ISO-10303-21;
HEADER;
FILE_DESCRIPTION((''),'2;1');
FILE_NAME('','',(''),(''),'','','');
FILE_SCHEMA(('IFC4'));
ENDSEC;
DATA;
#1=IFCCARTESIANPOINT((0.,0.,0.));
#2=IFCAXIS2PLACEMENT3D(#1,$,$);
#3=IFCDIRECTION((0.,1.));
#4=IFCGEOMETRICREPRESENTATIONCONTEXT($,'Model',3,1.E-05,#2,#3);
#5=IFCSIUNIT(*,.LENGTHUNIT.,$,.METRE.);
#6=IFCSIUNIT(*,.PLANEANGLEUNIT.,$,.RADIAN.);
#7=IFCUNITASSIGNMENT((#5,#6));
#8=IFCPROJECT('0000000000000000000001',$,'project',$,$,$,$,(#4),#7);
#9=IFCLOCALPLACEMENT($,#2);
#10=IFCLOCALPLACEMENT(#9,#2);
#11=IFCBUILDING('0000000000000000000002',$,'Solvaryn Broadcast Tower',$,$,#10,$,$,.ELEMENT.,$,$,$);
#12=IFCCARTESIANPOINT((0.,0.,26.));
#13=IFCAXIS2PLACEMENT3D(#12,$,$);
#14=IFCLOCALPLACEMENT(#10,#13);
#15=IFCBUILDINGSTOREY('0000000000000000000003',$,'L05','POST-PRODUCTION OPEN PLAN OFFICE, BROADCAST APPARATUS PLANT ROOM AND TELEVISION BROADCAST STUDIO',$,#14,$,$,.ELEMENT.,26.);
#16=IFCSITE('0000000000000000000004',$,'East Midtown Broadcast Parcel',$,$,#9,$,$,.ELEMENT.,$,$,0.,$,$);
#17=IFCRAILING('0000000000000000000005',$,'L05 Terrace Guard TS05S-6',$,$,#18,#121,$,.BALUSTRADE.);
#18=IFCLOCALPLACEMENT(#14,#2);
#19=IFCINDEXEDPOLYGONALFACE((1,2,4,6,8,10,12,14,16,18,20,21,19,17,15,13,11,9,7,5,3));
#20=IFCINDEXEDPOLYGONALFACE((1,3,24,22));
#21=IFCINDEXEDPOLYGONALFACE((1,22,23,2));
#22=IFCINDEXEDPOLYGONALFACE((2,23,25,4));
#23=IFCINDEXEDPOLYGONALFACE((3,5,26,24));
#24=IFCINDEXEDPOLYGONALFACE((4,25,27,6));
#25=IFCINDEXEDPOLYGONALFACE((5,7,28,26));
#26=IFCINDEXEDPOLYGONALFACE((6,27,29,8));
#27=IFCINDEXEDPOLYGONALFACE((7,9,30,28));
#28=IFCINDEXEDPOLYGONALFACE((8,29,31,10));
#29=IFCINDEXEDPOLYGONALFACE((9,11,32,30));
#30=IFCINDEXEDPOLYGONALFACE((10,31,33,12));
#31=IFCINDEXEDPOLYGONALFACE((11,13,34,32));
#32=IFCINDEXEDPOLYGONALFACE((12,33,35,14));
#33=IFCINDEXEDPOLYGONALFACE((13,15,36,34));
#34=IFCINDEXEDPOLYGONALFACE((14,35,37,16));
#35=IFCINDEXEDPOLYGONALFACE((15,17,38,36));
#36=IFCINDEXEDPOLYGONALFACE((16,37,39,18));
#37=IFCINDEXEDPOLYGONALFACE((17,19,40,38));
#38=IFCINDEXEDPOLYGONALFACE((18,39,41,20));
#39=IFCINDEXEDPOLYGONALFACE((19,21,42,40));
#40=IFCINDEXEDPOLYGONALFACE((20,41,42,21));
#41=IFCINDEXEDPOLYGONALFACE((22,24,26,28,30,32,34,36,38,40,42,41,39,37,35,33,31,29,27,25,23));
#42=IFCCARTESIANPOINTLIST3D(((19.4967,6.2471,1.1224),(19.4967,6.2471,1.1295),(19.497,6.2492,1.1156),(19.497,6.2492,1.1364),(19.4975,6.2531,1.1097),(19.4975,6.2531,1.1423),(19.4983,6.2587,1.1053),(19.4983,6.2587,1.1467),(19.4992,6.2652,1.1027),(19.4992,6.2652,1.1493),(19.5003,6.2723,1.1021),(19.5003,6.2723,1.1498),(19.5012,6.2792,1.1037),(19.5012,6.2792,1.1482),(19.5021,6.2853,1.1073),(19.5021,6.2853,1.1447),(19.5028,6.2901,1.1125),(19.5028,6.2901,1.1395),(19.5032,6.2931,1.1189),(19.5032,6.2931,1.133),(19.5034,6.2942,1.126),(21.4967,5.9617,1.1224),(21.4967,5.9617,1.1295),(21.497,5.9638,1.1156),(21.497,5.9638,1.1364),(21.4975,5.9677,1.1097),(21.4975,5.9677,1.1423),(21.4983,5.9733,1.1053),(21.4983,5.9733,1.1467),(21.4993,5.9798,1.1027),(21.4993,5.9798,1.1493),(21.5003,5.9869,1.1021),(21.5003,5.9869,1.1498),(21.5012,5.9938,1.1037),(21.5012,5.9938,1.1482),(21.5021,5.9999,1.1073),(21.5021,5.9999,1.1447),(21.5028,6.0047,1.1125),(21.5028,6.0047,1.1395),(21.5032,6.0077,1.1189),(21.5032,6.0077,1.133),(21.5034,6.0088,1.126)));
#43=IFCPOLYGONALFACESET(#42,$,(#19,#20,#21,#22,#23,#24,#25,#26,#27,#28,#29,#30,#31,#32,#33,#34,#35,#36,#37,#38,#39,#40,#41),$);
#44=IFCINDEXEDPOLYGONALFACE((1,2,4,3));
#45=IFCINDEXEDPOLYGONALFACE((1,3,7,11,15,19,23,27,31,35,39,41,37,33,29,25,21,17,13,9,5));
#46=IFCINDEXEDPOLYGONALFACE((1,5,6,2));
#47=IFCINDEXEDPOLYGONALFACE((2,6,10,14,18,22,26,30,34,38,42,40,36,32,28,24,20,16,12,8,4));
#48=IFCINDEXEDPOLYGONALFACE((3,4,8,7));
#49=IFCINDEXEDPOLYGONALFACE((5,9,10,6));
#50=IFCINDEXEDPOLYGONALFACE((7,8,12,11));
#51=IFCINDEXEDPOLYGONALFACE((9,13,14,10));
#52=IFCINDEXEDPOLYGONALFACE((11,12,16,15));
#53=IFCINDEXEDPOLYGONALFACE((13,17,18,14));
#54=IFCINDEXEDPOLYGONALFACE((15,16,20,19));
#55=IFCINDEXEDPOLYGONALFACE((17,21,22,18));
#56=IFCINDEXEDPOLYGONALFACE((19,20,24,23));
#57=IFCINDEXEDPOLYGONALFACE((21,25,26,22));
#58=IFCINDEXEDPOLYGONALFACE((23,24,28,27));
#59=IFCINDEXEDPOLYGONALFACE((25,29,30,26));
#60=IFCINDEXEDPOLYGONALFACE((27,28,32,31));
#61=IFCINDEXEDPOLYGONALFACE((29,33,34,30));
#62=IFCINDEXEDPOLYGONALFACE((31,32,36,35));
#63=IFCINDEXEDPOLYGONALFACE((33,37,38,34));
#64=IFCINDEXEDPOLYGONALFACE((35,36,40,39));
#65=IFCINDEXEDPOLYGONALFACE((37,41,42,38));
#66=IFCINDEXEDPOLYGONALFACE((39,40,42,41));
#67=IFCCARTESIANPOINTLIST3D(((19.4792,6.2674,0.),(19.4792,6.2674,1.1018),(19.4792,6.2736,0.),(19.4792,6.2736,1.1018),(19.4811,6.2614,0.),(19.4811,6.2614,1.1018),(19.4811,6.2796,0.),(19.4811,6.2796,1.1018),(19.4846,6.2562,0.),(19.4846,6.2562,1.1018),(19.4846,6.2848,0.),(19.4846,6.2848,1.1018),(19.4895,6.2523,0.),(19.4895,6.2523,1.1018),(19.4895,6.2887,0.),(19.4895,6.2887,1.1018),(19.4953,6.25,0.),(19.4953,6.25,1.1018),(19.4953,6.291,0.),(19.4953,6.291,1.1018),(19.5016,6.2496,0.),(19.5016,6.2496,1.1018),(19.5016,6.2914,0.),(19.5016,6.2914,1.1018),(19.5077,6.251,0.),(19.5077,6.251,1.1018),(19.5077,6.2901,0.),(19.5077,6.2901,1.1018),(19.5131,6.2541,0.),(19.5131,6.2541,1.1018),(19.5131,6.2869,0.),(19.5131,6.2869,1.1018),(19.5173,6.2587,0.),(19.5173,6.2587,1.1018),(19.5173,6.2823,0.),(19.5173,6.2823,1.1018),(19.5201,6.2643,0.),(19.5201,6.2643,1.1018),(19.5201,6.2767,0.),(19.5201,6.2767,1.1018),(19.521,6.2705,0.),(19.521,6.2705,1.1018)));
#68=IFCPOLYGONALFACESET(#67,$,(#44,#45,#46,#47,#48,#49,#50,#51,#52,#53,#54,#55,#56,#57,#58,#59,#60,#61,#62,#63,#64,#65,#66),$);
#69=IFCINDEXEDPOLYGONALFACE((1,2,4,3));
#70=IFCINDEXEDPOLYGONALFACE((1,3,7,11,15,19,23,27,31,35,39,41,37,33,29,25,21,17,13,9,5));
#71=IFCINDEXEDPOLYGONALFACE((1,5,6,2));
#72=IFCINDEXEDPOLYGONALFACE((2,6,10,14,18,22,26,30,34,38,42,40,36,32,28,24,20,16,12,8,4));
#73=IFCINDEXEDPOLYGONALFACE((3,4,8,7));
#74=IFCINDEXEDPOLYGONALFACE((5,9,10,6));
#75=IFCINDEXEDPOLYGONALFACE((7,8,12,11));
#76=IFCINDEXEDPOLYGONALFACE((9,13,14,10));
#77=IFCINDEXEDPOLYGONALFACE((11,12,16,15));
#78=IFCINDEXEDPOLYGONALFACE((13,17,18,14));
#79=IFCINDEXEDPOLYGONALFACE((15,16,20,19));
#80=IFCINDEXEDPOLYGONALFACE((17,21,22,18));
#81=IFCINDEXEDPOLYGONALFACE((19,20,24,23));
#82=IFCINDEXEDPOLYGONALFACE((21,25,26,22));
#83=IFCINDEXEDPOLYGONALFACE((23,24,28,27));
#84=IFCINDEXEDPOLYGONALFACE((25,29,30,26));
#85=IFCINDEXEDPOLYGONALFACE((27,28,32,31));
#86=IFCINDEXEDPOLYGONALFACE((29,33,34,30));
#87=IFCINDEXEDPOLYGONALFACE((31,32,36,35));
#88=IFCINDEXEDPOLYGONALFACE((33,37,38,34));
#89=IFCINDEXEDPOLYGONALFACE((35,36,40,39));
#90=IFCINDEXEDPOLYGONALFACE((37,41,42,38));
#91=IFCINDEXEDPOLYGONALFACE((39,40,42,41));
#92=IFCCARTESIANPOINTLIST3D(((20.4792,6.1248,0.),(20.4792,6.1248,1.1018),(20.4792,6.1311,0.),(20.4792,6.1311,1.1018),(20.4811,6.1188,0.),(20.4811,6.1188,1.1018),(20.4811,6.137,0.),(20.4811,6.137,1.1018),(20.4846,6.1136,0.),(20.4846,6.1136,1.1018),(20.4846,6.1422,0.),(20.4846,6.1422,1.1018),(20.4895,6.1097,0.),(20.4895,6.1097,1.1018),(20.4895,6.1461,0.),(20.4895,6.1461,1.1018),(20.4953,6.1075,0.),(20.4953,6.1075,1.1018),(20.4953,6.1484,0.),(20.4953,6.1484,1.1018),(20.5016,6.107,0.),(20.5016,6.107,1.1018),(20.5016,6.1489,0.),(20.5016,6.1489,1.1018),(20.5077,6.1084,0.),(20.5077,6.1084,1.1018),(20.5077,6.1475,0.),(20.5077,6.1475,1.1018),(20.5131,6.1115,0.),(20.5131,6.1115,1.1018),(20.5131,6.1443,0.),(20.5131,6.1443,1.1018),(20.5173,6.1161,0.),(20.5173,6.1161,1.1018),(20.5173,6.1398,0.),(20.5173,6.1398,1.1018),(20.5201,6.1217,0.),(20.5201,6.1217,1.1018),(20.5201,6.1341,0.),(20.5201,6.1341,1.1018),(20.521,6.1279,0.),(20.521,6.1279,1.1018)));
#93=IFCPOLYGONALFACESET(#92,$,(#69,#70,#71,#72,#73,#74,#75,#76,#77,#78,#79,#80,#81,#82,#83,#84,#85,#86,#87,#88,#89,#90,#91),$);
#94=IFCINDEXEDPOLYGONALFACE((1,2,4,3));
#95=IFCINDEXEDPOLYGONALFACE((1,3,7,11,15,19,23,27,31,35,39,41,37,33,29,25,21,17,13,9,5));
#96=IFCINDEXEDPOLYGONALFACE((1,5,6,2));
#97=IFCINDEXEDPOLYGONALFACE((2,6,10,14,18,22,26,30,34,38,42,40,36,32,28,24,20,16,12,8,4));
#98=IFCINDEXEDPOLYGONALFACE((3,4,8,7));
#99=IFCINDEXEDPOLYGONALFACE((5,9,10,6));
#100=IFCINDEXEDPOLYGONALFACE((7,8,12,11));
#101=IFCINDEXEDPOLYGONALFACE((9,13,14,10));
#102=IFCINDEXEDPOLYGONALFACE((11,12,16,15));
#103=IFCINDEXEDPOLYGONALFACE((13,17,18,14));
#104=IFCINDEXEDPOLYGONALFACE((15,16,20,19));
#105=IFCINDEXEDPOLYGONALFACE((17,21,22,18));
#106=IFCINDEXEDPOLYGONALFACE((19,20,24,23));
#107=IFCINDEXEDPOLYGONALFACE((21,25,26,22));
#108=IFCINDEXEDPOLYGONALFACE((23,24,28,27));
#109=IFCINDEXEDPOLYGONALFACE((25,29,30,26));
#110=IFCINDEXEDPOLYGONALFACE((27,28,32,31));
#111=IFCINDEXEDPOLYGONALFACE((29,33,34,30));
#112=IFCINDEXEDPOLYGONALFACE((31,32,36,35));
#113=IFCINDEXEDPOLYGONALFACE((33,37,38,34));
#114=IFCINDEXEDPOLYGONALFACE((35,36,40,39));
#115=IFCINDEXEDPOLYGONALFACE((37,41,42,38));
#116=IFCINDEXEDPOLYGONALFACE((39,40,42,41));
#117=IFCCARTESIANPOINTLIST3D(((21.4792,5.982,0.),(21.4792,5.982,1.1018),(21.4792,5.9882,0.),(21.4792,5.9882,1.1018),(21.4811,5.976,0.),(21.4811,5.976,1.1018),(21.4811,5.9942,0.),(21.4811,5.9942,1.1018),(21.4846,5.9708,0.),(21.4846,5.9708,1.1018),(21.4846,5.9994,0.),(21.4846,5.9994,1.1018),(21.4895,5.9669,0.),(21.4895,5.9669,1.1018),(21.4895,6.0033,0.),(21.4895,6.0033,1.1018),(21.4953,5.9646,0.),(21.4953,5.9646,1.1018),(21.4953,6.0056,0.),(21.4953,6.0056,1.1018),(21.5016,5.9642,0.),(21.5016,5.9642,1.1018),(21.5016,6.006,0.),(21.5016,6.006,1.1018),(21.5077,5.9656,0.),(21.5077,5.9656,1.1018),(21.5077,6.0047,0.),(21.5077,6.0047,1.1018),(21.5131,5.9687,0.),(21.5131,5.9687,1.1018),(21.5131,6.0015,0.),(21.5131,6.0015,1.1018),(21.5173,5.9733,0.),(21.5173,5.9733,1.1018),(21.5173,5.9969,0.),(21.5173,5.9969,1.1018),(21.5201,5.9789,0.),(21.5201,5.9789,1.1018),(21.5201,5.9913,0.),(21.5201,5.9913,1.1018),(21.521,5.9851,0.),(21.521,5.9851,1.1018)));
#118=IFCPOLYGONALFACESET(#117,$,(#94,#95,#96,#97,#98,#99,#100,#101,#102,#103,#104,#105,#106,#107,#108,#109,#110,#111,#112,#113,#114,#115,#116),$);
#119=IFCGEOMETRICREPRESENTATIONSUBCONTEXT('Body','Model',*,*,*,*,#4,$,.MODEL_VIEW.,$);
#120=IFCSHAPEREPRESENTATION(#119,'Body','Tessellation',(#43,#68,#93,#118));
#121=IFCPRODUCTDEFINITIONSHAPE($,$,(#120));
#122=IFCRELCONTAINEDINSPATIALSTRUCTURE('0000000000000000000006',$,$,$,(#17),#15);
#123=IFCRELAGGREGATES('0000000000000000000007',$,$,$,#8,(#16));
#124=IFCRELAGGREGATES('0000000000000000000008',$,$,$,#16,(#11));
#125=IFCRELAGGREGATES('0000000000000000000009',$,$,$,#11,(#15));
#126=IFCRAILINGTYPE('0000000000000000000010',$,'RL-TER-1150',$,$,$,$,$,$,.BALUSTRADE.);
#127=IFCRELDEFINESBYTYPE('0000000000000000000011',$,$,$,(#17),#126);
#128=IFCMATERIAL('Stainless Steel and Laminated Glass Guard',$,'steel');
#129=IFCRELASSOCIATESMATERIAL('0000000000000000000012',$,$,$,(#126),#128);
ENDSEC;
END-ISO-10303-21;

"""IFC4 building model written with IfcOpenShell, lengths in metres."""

from ifc_helpers import new_model, si_unit, direction, frame, origin, origin_2d, place, context, subcontext, project, spatial, circle, extrude, material, type_object, element, save


model = new_model("IFC4")

# Units and contexts
model_context = context("Model", 3, precision=1e-05, world=origin(), true_north=direction((0.0, 1.0)))
body_context = subcontext(model_context, "Body", "Model", "MODEL_VIEW")
ifc_project = project(units=[si_unit("LENGTHUNIT", "METRE"), si_unit("PLANEANGLEUNIT", "RADIAN")], contexts=[model_context])

# Site, building, storey
site_placement = place(None, origin())
site = spatial("IfcSite", under=ifc_project, at=site_placement, Name="East Midtown Broadcast Parcel", CompositionType="ELEMENT", RefElevation=0.0)
building_placement = place(site_placement, origin())
building = spatial("IfcBuilding", under=site, at=building_placement, Name="Solvaryn Broadcast Tower", CompositionType="ELEMENT")
storey_placement = place(building_placement, frame((0.0, 0.0, 26.0)))
storey = spatial("IfcBuildingStorey", under=building, at=storey_placement, Name="L05", Description="POST-PRODUCTION OPEN PLAN OFFICE, BROADCAST APPARATUS PLANT ROOM AND TELEVISION BROADCAST STUDIO", CompositionType="ELEMENT", Elevation=26.0)

# Railing
ifc_material_1 = material(Name="Stainless Steel and Laminated Glass Guard", Category="steel")
railing_type = type_object("IfcRailingType", Name="RL-TER-1150", PredefinedType="BALUSTRADE", material=ifc_material_1)
railing_1_placement = place(storey_placement, frame((19.5, 6.2705, 0.0)))
element("IfcRailing", 1, at=railing_1_placement, inside=storey, type_object=railing_type, Name="L05 Terrace Guard TS05S-6", PredefinedType="BALUSTRADE", context=body_context, shape_type="SweptSolid", body=[
    extrude(circle(Radius=0.0239, at=origin_2d()), frame((0.0, 0.0, 1.126), z_axis=(0.989971, -0.141269, 0.0), x_axis=(0.141269, 0.989971, 0.0)), (0.0, 0.0, 1.0), 2.0203),
    extrude(circle(Radius=0.021, at=origin_2d()), origin(), (0.0, 0.0, 1.0), 1.1018),
    extrude(circle(Radius=0.021, at=origin_2d()), frame((1.0, -0.1426, 0.0)), (0.0, 0.0, 1.0), 1.1018),
    extrude(circle(Radius=0.021, at=origin_2d()), frame((2.0, -0.2854, 0.0)), (0.0, 0.0, 1.0), 1.1018),
])

save(model, "model.ifc")
